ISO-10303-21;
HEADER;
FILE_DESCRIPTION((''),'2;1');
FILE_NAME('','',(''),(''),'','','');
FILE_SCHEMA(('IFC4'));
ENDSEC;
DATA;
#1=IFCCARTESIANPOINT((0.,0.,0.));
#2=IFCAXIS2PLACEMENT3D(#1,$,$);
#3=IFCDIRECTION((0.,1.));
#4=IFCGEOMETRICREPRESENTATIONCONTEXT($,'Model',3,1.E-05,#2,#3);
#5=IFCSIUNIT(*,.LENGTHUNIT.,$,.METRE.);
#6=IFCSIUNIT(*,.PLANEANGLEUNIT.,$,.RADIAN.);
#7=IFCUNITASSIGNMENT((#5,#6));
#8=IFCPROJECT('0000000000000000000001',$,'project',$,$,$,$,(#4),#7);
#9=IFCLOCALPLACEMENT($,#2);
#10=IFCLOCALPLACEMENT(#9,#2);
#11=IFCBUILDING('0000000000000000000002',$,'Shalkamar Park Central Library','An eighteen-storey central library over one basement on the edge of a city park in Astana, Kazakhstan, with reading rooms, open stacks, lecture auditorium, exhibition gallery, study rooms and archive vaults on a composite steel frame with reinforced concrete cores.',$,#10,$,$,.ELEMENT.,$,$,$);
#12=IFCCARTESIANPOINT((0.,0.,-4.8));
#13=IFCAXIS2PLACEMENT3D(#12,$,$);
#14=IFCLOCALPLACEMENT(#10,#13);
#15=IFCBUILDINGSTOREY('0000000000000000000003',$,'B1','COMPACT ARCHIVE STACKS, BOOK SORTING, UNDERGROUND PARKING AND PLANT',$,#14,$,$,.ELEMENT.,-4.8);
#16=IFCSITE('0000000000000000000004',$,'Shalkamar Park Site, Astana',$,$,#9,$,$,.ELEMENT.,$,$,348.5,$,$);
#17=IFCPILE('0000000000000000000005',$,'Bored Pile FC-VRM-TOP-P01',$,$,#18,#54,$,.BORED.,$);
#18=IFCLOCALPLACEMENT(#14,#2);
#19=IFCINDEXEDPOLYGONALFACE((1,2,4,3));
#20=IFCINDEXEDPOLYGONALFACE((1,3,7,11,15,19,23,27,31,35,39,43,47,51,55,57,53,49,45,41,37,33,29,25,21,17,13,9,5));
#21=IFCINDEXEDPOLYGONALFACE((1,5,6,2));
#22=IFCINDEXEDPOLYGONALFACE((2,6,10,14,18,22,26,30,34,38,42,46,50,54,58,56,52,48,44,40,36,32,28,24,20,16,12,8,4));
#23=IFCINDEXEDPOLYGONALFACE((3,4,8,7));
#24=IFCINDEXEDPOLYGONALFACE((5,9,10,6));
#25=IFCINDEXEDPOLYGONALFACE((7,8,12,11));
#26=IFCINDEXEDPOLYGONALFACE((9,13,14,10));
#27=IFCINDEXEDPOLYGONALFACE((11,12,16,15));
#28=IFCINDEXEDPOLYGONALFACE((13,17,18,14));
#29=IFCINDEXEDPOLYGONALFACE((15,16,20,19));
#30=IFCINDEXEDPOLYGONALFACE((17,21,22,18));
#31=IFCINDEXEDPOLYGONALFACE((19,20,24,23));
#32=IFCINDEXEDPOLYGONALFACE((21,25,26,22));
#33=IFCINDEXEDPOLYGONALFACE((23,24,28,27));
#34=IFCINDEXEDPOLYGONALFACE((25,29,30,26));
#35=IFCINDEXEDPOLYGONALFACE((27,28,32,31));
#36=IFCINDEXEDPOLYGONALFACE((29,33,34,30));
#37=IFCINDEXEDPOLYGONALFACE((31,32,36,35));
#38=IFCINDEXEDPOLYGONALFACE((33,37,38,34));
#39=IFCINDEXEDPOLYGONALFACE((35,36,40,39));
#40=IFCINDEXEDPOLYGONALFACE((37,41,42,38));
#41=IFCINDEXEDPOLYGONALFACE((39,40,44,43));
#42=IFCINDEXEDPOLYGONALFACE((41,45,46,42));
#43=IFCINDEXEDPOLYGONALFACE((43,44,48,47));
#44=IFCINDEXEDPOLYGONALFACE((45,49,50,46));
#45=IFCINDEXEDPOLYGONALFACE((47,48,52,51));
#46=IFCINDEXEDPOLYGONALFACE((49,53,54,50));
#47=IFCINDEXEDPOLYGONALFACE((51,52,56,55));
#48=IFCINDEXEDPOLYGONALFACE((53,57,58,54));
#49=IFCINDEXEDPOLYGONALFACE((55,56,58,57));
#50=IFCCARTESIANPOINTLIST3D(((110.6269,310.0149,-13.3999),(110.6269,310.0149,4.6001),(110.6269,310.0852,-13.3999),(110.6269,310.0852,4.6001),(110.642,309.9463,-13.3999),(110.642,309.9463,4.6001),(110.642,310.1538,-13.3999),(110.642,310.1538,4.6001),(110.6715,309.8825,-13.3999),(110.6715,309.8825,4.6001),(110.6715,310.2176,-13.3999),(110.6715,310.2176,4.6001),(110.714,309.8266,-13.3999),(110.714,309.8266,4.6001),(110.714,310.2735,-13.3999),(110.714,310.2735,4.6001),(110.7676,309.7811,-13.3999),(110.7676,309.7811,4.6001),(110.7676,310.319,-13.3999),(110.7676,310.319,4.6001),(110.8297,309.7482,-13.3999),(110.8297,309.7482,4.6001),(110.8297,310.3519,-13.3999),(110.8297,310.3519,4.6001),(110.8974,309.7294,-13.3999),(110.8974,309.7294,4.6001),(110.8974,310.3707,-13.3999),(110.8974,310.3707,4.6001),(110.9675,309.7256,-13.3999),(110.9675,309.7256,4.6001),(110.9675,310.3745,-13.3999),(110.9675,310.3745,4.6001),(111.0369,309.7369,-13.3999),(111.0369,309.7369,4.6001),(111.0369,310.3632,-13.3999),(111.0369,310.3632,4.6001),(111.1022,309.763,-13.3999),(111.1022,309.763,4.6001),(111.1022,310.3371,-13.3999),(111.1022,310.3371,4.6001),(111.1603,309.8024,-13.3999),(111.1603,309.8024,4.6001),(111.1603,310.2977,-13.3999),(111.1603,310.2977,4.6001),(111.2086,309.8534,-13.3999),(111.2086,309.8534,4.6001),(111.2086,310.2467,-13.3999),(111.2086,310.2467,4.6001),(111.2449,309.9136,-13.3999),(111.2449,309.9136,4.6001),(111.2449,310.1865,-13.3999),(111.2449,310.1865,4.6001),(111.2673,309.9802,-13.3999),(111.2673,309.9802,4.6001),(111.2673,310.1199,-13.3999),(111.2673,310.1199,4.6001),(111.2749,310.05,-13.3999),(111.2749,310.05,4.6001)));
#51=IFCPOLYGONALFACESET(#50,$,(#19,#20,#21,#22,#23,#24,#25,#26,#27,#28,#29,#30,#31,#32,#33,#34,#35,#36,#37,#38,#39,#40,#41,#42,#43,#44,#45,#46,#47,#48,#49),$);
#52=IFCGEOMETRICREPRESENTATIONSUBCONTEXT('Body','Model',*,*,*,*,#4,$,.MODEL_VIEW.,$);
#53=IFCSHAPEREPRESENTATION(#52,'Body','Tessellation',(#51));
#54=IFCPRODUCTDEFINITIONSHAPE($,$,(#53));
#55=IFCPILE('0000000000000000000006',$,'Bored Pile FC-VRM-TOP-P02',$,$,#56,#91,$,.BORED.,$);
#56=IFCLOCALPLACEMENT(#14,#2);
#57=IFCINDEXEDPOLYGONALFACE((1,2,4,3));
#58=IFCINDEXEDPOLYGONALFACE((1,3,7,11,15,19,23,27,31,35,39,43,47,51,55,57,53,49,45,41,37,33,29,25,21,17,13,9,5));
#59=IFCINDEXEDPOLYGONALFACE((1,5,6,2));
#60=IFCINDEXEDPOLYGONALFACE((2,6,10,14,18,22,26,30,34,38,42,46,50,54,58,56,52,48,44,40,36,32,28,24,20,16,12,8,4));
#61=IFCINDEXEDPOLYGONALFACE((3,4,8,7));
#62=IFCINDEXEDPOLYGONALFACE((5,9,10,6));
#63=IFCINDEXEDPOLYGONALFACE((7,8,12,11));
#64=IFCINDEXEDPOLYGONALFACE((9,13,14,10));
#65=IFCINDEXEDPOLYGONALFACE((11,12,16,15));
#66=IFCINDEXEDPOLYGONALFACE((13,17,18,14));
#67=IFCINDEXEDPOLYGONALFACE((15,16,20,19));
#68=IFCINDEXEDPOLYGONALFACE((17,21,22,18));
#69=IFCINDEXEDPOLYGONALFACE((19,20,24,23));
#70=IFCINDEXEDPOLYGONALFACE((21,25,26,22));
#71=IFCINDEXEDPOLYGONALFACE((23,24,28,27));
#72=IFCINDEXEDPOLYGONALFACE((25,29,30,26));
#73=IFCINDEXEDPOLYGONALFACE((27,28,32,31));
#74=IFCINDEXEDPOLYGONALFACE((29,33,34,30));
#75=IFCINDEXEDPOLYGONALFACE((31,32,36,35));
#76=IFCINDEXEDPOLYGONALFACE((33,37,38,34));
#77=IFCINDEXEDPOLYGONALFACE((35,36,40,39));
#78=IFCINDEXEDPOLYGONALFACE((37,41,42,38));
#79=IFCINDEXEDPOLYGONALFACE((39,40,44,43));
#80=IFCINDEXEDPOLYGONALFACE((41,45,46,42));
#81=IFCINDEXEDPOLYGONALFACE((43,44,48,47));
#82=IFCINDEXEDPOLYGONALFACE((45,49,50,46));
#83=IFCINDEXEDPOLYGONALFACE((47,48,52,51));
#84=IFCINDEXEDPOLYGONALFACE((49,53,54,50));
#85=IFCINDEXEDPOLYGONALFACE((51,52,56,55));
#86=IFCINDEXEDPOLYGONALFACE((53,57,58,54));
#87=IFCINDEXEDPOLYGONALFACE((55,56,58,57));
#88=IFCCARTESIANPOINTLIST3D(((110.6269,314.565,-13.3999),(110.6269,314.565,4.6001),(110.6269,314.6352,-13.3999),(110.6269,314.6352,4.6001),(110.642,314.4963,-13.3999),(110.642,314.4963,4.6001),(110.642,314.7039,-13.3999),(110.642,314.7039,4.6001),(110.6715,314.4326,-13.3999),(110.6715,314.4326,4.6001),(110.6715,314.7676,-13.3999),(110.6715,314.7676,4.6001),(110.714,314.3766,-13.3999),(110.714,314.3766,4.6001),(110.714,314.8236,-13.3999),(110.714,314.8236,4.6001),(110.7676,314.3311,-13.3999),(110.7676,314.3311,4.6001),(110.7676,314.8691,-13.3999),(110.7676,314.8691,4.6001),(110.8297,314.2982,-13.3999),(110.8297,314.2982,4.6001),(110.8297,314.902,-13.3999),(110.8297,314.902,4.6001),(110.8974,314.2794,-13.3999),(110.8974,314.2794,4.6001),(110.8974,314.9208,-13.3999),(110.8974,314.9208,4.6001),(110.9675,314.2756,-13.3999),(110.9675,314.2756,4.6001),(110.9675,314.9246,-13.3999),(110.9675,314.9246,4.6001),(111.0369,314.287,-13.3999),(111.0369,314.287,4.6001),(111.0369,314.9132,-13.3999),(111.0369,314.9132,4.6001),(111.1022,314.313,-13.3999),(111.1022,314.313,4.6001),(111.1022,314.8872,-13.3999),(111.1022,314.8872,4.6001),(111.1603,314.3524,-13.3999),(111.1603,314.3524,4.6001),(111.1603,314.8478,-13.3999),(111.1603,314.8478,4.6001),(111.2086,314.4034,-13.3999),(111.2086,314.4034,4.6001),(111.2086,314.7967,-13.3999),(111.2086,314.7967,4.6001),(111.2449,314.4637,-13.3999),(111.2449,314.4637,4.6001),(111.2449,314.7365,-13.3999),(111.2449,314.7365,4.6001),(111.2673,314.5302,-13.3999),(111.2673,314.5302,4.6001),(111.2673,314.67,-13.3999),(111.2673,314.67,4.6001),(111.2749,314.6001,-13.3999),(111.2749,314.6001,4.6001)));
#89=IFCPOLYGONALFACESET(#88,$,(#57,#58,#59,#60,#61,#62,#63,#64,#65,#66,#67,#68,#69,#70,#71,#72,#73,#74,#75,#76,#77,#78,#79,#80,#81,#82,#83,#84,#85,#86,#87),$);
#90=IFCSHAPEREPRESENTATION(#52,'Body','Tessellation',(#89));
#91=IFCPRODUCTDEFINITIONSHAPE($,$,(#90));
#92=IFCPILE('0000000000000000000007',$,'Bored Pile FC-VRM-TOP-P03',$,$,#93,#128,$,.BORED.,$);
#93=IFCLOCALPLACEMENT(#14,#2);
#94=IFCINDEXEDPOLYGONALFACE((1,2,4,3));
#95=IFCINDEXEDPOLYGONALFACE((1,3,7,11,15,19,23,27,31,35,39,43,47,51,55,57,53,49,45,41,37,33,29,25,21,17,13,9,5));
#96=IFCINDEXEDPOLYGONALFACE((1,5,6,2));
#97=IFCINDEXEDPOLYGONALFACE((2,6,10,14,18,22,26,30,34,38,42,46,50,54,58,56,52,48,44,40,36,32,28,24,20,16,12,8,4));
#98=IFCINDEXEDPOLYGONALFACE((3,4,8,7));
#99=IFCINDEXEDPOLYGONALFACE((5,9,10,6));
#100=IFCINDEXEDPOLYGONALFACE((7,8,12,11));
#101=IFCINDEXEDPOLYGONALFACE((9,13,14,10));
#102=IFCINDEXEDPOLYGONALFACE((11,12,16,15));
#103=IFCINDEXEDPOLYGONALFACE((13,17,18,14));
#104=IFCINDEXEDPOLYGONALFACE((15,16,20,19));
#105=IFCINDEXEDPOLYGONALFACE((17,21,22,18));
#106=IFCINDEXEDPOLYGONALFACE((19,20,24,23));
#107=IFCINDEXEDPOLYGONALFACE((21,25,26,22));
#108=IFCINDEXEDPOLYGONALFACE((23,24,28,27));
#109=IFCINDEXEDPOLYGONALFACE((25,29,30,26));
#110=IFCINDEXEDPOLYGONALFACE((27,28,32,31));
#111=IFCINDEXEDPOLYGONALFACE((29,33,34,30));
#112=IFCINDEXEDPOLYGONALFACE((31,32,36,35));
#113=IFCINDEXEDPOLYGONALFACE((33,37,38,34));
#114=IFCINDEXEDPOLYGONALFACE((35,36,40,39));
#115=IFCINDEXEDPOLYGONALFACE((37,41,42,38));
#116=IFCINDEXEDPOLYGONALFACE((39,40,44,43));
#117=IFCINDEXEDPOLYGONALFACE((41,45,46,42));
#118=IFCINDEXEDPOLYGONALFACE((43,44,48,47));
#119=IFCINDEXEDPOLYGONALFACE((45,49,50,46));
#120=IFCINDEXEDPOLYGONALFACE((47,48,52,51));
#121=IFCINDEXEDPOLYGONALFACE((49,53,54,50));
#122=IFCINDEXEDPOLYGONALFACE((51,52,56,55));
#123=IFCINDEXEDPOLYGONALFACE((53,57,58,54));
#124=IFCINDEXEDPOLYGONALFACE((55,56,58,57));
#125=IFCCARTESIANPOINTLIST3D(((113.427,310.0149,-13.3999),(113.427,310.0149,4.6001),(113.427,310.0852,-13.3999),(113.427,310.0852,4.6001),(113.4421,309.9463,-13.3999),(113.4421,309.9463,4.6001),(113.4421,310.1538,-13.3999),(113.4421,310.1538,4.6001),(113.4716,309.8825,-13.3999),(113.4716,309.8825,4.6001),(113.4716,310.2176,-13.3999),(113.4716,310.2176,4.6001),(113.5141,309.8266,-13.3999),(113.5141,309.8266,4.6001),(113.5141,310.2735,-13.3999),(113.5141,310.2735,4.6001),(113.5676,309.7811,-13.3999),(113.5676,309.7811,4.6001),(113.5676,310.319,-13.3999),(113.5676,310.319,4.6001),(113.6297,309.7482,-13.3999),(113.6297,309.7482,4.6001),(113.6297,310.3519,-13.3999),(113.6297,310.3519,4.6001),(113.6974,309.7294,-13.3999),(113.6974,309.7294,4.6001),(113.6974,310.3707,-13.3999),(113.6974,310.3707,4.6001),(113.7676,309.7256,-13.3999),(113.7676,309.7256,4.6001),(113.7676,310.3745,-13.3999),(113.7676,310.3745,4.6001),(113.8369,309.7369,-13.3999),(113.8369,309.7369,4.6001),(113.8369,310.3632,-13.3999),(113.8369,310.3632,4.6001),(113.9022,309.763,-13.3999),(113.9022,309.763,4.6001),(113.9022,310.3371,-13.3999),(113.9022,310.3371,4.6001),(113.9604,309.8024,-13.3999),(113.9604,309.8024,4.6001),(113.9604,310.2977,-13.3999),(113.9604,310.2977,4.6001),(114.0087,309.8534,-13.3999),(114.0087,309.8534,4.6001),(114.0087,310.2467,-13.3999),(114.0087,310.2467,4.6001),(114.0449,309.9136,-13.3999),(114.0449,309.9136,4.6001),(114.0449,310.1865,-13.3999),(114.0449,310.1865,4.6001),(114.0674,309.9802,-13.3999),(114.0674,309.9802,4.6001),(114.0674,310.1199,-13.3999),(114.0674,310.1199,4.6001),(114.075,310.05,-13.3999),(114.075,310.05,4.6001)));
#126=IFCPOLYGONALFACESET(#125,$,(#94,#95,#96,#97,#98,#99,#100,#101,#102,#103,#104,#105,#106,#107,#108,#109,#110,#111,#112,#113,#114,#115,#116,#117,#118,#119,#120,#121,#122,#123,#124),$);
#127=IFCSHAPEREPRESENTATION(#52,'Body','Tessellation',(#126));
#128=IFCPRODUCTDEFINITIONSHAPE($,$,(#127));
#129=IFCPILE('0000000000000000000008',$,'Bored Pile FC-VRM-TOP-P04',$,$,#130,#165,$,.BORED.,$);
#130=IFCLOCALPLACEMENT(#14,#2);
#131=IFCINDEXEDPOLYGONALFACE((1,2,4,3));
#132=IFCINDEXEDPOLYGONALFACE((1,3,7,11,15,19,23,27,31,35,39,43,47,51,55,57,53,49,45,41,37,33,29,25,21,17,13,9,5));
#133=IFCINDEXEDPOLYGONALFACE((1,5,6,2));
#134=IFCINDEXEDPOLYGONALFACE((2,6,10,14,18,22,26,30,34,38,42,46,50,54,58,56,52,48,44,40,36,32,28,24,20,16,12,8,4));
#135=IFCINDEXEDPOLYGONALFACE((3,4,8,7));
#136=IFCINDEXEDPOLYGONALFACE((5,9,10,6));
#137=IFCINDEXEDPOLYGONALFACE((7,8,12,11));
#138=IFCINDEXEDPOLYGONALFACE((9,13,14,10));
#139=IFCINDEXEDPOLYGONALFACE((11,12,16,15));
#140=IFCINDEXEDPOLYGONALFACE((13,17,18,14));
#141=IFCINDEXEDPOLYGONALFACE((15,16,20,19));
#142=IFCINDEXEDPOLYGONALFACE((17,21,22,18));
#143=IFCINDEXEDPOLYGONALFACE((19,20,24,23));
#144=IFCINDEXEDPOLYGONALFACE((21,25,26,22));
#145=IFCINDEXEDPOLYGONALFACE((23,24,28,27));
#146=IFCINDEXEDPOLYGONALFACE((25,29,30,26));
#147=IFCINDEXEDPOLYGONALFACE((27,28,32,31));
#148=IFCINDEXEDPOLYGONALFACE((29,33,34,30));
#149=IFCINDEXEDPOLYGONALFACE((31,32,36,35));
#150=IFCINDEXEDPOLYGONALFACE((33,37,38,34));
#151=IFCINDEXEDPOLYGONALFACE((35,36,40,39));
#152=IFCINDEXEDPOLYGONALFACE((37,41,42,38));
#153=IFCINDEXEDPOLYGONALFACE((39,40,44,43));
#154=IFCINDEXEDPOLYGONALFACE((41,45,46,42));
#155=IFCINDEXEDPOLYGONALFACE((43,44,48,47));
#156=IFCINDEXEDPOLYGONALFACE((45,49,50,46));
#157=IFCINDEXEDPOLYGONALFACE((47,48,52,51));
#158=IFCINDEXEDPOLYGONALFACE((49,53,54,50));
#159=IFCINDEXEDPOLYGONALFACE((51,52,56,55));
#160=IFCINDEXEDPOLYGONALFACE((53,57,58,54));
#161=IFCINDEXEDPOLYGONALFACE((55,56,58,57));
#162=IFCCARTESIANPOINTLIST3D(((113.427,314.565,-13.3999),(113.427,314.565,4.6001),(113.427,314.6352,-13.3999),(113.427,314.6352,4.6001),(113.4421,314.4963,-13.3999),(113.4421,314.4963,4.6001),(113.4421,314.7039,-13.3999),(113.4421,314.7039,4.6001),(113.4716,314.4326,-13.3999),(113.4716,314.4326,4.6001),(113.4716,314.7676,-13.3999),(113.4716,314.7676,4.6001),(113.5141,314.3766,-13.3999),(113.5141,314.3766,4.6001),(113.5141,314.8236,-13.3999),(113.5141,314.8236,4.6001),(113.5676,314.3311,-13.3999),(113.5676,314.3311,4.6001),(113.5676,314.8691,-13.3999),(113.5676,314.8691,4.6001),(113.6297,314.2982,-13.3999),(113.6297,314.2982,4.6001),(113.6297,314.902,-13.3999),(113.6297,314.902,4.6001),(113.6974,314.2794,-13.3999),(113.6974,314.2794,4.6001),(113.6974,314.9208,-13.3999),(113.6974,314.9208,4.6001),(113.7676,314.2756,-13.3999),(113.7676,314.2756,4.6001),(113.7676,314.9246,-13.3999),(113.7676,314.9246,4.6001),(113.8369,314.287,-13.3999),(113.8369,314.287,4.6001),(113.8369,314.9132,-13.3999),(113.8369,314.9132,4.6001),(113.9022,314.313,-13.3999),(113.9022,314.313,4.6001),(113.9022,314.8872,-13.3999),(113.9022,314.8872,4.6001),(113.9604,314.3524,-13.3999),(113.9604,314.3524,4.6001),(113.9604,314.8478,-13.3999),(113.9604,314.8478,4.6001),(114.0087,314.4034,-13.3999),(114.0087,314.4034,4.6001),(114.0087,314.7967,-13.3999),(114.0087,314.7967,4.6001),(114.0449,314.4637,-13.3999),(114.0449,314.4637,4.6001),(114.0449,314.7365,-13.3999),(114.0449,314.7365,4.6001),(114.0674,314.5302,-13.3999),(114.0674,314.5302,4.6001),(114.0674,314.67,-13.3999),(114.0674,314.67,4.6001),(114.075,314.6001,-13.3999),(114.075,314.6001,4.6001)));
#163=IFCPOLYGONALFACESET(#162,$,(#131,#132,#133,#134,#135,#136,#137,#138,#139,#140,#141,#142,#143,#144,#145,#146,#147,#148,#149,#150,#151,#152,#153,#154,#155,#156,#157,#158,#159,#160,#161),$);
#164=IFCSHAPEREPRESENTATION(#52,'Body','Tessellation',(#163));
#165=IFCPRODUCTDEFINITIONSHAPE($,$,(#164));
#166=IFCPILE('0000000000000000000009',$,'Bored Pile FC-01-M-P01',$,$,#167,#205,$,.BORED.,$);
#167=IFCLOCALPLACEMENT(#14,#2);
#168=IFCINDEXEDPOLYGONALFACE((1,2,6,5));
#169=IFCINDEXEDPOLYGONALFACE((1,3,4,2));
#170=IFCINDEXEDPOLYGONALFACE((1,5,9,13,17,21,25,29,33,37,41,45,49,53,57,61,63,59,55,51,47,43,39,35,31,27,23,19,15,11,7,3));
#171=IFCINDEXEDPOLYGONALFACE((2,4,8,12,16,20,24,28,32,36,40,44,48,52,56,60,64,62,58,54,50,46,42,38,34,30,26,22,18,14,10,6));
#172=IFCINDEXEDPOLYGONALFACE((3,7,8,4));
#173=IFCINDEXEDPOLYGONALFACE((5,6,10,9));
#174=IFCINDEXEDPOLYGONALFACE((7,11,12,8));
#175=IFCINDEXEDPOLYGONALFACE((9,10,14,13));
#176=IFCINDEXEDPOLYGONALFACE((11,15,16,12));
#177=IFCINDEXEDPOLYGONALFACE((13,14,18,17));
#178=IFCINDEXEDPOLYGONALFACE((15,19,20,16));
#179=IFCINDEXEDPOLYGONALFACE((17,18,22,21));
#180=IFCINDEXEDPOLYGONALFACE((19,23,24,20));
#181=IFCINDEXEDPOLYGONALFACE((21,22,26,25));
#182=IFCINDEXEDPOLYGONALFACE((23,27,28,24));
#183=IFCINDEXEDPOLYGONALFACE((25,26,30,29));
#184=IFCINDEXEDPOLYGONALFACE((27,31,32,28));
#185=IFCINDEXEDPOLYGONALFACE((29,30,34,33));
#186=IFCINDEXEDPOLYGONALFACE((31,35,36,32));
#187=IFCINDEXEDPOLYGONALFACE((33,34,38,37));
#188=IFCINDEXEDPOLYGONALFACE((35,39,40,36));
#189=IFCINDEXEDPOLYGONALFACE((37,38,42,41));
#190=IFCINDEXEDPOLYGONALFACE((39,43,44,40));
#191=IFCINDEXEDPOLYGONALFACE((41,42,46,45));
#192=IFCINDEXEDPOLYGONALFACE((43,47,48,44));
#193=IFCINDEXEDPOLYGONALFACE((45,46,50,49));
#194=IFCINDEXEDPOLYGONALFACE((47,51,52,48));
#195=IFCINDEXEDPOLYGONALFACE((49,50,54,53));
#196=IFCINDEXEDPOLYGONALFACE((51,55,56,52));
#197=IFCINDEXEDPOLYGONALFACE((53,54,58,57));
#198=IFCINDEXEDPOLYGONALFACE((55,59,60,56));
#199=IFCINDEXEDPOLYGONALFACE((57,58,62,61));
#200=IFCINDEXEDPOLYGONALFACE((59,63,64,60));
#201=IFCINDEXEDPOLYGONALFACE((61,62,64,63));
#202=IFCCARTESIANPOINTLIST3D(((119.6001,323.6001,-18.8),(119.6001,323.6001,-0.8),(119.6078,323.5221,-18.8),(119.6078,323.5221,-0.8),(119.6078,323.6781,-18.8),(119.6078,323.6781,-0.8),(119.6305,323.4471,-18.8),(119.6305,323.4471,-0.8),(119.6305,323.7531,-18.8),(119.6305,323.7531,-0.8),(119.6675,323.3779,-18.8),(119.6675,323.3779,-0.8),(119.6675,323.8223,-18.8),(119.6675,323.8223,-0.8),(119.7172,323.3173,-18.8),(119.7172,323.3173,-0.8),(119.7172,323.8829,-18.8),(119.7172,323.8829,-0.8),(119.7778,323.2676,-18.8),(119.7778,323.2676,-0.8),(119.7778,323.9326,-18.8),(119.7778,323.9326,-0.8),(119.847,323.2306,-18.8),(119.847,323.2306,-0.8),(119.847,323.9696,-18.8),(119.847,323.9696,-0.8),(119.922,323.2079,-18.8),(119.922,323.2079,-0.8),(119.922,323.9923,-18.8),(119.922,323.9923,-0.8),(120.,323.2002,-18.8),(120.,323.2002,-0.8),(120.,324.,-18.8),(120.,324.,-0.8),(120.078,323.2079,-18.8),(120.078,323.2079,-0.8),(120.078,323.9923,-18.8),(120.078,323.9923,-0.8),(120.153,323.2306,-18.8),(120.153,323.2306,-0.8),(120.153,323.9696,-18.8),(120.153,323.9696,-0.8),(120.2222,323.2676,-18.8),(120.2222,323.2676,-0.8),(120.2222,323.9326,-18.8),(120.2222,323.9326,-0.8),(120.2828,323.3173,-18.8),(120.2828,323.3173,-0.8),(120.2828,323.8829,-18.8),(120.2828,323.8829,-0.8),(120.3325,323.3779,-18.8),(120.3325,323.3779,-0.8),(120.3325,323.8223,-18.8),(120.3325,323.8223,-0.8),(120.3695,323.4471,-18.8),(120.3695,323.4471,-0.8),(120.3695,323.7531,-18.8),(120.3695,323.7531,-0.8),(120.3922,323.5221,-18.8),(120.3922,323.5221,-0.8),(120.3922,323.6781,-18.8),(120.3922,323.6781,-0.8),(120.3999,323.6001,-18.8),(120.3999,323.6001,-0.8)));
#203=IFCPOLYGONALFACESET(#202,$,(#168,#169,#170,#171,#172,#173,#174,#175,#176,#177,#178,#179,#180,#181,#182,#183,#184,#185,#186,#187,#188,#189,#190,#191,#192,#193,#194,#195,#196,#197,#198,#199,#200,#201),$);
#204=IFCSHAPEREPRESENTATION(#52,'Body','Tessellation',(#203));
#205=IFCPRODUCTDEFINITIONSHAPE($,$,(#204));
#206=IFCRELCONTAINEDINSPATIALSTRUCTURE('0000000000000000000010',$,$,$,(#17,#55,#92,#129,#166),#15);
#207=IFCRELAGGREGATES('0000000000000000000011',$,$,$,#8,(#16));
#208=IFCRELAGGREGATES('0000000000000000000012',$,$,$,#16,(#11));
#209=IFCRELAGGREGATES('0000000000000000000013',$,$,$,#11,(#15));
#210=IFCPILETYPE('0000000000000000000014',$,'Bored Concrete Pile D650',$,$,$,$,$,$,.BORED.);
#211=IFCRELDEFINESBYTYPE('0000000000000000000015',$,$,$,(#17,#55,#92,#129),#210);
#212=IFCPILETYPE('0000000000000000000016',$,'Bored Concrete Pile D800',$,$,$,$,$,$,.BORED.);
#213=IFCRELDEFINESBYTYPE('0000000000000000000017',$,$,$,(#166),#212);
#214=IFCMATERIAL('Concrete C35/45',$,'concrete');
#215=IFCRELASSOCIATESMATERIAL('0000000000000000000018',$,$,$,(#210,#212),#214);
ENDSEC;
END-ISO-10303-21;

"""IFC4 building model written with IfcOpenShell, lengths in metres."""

from ifc_helpers import new_model, si_unit, direction, frame, origin, origin_2d, place, context, subcontext, project, spatial, circle, extrude, material, material_profile, profile_set, type_object, element, save


model = new_model("IFC4")

# Units and contexts
model_context = context("Model", 3, precision=1e-05, world=origin(), true_north=direction((0.0, 1.0)))
body_context = subcontext(model_context, "Body", "Model", "MODEL_VIEW")
ifc_project = project(units=[si_unit("LENGTHUNIT", "METRE"), si_unit("PLANEANGLEUNIT", "RADIAN")], contexts=[model_context])

# Site, building, storey
site_placement = place(None, origin())
site = spatial("IfcSite", under=ifc_project, at=site_placement, Name="Shalkamar Park Site, Astana", CompositionType="ELEMENT", RefElevation=348.5)
building_placement = place(site_placement, origin())
building = spatial("IfcBuilding", under=site, at=building_placement, Name="Shalkamar Park Central Library", Description="An eighteen-storey central library over one basement on the edge of a city park in Astana, Kazakhstan, with reading rooms, open stacks, lecture auditorium, exhibition gallery, study rooms and archive vaults on a composite steel frame with reinforced concrete cores.", CompositionType="ELEMENT")
storey_placement = place(building_placement, frame((0.0, 0.0, -4.8)))
storey = spatial("IfcBuildingStorey", under=building, at=storey_placement, Name="B1", Description="COMPACT ARCHIVE STACKS, BOOK SORTING, UNDERGROUND PARKING AND PLANT", CompositionType="ELEMENT", Elevation=-4.8)

# Piles
ifc_material_1 = material(Name="Concrete C35/45", Category="concrete")
ifc_material_profile_1 = material_profile(ifc_material_1, circle(Radius=0.325, at=origin_2d()), Name="PILE D650")
ifc_profile_set_1 = profile_set([ifc_material_profile_1], Name="Concrete C35/45")
pile_type_1 = type_object("IfcPileType", Name="Bored Concrete Pile D650", PredefinedType="BORED", material=ifc_profile_set_1)
for number, where, z_axis, x_axis, name in (
    (1, (110.95, 310.05, 4.6001), (0.0, 0.0, -1.0), (1.0, 0.0, 0.0), "Bored Pile FC-VRM-TOP-P01"),
    (2, (110.95, 314.6001, 4.6001), (0.0, 0.0, -1.0), (1.0, 0.0, 0.0), "Bored Pile FC-VRM-TOP-P02"),
    (3, (113.75, 310.05, 4.6001), (0.0, 0.0, -1.0), (1.0, 0.0, 0.0), "Bored Pile FC-VRM-TOP-P03"),
    (4, (113.75, 314.6001, 4.6001), (0.0, 0.0, -1.0), (1.0, 0.0, 0.0), "Bored Pile FC-VRM-TOP-P04"),
):
    element("IfcPile", number, at=place(storey_placement, frame(where, z_axis=z_axis, x_axis=x_axis)), inside=storey, type_object=pile_type_1, Name=name, PredefinedType="BORED", context=body_context, shape_type="SweptSolid", body=[
        extrude(circle(Radius=0.325, at=origin_2d()), origin(), (0.0, 0.0, 1.0), 18.0),
    ])
ifc_material_profile_2 = material_profile(ifc_material_1, circle(Radius=0.3999, at=origin_2d()), Name="PILE D800")
ifc_profile_set_2 = profile_set([ifc_material_profile_2], Name="Concrete C35/45")
pile_type_2 = type_object("IfcPileType", Name="Bored Concrete Pile D800", PredefinedType="BORED", material=ifc_profile_set_2)
for number, where, z_axis, x_axis, name in (
    (5, (120.0, 323.6001, -0.8), (0.0, 0.0, -1.0), (1.0, 0.0, 0.0), "Bored Pile FC-01-M-P01"),
):
    element("IfcPile", number, at=place(storey_placement, frame(where, z_axis=z_axis, x_axis=x_axis)), inside=storey, type_object=pile_type_2, Name=name, PredefinedType="BORED", context=body_context, shape_type="SweptSolid", body=[
        extrude(circle(Radius=0.3999, at=origin_2d()), origin(), (0.0, 0.0, 1.0), 18.0),
    ])

save(model, "model.ifc")
